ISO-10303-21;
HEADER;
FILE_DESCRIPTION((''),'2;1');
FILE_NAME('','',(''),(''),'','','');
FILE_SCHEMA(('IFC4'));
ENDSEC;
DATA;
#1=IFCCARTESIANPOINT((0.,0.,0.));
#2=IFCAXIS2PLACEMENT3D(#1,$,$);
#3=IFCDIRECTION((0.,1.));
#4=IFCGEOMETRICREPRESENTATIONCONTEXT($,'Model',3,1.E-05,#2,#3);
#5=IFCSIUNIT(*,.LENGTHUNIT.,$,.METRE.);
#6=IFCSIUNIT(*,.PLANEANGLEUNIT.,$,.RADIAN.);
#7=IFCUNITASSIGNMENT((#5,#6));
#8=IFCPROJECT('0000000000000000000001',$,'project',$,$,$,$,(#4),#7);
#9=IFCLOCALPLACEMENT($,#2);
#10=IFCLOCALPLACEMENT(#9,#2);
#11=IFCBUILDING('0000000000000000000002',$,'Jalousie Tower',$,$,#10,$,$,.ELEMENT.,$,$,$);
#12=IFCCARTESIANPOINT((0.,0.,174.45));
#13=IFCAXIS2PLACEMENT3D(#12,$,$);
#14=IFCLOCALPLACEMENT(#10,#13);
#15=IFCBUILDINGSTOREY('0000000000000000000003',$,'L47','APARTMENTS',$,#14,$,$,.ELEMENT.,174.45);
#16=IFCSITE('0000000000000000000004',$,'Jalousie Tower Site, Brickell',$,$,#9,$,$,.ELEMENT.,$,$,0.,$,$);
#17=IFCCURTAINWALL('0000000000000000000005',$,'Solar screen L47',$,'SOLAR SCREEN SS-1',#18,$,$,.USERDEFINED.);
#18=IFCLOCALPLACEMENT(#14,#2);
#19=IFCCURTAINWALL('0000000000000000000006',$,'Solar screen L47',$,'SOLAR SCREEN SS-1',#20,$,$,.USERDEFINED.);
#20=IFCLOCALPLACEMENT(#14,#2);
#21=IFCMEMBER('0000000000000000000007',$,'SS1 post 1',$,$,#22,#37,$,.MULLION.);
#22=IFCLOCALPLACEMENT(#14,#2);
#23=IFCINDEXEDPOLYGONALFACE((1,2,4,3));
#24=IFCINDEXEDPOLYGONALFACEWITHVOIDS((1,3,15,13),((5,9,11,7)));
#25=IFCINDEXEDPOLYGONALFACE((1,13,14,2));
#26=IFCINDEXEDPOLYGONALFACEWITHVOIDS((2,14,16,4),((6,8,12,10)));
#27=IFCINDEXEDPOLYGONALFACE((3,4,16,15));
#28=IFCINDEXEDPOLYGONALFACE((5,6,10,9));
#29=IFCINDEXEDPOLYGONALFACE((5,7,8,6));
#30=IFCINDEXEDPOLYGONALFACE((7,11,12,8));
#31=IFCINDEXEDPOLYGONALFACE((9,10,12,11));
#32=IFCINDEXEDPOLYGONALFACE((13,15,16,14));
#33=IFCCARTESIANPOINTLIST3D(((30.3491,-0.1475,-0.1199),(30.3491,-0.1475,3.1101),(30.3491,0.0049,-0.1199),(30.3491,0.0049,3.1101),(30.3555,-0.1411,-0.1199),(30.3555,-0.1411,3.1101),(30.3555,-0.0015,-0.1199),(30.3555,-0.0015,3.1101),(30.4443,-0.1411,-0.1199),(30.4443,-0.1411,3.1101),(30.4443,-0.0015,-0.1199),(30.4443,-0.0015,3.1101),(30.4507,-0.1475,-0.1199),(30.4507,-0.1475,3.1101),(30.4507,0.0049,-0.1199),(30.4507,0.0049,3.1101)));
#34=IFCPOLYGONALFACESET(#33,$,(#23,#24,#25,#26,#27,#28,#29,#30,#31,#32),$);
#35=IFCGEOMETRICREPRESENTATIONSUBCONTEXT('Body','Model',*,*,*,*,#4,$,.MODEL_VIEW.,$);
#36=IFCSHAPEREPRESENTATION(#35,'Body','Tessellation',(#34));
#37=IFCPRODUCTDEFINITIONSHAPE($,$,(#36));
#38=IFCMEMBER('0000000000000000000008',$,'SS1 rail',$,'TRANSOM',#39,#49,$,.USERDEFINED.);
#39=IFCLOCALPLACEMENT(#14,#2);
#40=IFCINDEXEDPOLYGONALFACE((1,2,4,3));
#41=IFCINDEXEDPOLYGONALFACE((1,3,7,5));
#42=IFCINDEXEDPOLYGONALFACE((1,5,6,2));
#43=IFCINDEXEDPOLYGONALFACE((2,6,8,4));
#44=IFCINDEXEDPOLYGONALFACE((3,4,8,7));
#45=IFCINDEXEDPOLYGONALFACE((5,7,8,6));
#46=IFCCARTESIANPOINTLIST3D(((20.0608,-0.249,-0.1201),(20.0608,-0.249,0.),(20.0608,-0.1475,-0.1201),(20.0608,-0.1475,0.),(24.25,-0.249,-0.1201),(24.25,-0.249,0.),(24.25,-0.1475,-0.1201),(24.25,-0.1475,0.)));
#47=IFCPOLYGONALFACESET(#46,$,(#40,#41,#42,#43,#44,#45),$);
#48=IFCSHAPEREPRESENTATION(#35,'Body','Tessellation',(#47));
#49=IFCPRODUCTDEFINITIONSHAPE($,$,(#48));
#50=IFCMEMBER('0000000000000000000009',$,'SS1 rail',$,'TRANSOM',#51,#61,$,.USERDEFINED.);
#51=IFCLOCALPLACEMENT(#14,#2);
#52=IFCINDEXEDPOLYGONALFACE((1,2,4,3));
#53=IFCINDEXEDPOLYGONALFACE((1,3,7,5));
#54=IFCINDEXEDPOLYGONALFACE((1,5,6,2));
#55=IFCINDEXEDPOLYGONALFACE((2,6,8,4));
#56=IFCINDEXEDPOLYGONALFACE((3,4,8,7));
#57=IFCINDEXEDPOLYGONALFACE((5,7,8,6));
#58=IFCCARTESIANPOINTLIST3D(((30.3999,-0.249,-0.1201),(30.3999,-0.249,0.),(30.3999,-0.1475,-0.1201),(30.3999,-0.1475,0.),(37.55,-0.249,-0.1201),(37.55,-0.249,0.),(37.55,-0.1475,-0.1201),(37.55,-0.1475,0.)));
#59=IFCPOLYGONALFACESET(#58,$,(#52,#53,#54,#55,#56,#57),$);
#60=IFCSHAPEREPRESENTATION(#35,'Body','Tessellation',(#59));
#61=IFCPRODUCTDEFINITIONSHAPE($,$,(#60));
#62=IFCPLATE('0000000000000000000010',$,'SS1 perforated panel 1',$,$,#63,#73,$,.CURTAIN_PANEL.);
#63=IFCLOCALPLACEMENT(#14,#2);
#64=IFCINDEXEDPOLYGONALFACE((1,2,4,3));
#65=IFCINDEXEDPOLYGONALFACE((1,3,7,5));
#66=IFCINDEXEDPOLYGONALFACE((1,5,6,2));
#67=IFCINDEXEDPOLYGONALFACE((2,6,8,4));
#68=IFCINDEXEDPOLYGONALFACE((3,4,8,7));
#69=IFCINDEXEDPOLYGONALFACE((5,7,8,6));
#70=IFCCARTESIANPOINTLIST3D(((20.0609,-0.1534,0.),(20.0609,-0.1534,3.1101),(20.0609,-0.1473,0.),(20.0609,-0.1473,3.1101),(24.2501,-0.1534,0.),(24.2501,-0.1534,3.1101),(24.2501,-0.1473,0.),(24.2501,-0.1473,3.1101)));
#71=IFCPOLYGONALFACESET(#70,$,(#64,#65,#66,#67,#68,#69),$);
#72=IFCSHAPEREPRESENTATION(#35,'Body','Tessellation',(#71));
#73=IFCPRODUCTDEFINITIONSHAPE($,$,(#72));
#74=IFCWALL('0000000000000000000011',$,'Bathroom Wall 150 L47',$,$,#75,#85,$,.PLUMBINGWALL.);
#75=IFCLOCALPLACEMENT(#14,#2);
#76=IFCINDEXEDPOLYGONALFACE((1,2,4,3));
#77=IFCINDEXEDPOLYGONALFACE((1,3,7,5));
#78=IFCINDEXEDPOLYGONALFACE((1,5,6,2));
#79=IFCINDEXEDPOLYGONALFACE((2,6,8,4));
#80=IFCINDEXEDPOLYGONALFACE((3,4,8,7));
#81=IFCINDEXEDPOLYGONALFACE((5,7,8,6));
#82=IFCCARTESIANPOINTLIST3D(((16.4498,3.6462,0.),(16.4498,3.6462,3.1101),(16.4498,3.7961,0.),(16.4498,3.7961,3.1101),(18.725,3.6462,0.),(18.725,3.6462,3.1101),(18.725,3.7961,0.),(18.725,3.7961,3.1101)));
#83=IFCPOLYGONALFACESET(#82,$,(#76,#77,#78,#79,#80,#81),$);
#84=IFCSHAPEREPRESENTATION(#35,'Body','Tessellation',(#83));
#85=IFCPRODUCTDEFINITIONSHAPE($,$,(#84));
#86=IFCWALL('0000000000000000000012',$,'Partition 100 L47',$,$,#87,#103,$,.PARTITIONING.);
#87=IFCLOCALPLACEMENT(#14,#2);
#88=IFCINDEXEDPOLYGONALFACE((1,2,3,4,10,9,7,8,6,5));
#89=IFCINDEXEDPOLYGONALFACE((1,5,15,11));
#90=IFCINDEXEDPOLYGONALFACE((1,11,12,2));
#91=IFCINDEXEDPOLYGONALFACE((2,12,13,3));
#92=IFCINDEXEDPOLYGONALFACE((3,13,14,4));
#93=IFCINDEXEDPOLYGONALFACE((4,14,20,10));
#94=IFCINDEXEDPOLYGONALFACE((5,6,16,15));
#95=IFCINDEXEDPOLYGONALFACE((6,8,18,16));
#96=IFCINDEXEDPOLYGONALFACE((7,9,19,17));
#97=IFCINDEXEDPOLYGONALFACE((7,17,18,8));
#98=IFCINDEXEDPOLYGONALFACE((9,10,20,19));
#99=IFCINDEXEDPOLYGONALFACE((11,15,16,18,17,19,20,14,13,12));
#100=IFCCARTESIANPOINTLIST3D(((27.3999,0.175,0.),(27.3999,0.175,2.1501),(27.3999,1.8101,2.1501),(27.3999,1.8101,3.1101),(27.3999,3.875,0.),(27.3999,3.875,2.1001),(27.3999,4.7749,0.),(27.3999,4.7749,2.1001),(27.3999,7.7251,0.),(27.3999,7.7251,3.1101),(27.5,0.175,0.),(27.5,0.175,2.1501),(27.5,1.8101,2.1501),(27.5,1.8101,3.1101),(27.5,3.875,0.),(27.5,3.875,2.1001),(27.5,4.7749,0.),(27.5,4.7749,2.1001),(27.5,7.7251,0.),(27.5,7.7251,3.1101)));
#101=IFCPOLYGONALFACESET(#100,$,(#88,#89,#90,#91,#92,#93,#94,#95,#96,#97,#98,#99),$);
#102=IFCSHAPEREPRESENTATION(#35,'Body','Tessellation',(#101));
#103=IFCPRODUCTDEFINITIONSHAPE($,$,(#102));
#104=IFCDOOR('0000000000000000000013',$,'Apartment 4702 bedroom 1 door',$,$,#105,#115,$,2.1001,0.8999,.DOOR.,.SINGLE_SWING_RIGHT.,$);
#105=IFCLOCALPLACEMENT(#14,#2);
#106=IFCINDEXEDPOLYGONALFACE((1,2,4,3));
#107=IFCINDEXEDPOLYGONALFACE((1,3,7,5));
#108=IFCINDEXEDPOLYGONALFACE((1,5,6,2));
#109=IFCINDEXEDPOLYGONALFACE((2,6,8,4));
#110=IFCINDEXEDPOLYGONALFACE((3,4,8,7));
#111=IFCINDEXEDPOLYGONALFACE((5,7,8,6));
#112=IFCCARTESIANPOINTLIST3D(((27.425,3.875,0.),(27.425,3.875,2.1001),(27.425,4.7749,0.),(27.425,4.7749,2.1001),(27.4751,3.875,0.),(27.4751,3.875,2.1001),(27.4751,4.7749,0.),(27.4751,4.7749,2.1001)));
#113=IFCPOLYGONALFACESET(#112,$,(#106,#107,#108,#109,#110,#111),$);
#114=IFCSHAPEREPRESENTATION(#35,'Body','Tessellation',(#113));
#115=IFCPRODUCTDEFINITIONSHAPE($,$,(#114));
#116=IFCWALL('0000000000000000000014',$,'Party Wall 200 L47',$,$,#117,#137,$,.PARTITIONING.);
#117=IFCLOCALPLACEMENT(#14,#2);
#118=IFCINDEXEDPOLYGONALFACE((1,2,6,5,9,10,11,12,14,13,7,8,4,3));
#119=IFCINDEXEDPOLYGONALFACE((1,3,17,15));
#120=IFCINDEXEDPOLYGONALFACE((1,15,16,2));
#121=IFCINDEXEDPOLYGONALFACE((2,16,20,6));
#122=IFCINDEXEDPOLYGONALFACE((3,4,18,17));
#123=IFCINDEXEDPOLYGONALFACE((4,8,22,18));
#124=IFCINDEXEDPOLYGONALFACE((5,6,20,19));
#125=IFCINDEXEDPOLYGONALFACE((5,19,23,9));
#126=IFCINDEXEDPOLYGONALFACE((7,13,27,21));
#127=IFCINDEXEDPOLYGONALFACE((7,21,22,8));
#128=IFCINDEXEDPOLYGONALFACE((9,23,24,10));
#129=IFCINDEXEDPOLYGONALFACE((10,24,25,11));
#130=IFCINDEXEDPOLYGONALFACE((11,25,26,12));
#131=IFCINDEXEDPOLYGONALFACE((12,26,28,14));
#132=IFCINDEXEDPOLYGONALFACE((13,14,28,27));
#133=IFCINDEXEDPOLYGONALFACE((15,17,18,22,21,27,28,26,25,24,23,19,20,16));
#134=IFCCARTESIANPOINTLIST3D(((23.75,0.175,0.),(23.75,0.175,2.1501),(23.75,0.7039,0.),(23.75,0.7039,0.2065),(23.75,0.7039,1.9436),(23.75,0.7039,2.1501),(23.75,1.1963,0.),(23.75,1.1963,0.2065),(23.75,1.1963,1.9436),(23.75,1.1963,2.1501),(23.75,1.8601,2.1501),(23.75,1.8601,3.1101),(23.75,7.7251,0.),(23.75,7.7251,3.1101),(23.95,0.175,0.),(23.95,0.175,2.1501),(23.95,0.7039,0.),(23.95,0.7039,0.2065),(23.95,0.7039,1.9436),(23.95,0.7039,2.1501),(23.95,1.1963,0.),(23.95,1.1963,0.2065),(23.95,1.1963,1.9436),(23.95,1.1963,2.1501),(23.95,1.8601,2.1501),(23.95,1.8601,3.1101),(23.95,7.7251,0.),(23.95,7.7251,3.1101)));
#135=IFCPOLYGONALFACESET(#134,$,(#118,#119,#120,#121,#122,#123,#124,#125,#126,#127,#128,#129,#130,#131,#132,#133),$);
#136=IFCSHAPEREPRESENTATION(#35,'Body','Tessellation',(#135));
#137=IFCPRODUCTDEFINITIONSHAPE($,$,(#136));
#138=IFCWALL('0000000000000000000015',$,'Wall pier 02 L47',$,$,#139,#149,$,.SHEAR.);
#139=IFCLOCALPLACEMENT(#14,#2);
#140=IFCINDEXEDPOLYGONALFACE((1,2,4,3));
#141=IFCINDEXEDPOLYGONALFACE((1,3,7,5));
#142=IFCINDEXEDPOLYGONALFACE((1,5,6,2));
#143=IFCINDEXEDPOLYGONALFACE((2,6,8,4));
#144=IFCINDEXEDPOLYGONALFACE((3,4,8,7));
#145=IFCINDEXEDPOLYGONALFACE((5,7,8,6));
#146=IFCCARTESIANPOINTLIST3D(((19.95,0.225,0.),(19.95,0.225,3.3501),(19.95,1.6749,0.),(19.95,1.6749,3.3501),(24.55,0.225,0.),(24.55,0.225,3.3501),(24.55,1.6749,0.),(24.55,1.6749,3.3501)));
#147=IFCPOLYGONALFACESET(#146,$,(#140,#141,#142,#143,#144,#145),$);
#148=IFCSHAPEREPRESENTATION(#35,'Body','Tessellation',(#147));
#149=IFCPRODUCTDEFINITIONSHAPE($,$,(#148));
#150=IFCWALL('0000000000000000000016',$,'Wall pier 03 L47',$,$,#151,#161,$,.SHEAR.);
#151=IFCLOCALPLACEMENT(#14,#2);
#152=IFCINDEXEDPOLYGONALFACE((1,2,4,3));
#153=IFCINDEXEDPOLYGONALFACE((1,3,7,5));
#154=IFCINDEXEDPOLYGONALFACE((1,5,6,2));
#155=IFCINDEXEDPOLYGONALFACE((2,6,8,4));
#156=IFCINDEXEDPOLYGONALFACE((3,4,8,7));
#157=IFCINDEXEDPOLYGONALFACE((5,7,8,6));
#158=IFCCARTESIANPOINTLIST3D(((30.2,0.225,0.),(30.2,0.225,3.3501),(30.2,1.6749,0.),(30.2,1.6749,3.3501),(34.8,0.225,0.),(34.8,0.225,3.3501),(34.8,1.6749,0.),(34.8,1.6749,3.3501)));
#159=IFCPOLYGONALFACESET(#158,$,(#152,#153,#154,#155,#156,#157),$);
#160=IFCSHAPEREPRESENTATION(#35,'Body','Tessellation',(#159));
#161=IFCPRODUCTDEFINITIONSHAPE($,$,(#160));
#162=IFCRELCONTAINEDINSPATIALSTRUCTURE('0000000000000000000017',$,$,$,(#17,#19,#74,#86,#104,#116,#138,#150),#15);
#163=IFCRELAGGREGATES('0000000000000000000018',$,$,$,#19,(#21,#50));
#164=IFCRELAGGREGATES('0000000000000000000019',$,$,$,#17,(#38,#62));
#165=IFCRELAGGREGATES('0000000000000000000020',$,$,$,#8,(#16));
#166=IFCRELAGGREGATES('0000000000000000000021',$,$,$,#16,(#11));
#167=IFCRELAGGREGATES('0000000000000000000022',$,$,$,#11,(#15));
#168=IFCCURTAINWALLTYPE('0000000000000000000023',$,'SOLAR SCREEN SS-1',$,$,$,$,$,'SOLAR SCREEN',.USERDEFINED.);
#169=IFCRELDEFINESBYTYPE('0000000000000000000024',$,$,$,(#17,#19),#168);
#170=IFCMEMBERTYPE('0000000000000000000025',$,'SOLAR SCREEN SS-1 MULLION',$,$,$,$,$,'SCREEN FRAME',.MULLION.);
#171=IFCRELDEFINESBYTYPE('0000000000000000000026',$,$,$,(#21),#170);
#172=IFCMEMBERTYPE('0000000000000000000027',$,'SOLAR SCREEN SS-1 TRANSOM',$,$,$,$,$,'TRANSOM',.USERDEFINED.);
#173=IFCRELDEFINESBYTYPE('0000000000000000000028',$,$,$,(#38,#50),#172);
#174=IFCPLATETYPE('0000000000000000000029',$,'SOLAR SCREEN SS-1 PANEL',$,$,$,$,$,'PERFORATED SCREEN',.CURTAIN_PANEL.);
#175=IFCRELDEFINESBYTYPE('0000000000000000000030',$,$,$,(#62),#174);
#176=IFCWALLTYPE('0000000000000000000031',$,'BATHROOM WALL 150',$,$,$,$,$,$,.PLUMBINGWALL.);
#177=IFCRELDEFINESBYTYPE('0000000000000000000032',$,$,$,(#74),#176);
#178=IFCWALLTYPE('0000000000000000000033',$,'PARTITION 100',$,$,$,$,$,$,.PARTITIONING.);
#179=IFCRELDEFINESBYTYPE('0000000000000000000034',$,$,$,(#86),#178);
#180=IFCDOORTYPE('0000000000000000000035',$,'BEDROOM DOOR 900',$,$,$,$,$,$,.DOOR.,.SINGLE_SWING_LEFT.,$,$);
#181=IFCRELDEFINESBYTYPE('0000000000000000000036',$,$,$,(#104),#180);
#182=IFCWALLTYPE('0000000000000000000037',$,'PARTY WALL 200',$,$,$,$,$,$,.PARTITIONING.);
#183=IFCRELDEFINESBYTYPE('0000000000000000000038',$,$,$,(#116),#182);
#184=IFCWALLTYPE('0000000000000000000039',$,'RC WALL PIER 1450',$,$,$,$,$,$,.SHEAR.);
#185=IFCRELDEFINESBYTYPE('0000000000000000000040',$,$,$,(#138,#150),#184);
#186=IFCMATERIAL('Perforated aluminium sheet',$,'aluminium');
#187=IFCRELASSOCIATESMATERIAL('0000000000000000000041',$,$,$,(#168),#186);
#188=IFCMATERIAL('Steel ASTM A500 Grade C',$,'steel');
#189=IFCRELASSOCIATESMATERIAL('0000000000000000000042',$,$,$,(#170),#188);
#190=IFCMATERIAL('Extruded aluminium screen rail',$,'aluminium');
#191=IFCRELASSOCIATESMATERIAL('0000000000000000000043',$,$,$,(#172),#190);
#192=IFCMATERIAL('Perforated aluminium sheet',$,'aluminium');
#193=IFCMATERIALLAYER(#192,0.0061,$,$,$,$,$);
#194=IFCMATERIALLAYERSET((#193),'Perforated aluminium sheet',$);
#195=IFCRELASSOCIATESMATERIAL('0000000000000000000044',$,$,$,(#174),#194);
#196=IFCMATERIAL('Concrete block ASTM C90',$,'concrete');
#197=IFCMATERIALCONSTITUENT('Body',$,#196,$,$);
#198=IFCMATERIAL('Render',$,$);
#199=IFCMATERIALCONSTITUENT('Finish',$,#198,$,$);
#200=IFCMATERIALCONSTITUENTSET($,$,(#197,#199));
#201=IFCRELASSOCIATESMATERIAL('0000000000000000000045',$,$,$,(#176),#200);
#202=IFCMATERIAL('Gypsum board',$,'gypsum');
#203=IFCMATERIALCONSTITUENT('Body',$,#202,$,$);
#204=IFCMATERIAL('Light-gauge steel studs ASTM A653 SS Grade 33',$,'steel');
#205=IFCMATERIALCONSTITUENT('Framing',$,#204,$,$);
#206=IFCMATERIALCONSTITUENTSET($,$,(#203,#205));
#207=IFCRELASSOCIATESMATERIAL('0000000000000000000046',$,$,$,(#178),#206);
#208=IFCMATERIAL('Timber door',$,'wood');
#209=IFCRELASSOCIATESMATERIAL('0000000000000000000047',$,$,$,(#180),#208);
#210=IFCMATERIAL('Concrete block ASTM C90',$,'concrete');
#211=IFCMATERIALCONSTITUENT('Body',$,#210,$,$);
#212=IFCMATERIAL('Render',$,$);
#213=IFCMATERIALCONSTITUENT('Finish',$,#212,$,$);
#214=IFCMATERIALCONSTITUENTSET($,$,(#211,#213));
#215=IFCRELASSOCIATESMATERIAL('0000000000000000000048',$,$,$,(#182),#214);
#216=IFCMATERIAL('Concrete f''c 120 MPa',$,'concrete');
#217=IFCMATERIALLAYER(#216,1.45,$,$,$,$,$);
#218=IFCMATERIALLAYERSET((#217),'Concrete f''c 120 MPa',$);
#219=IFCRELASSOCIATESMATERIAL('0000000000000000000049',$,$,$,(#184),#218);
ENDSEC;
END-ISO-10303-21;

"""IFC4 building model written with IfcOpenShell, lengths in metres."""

from ifc_helpers import new_model, si_unit, direction, frame, frame_2d, origin, origin_2d, place, context, subcontext, project, spatial, polyline, rectangle, hollow_rectangle, outline, extrude, material, layer, layer_set, constituent, constituent_set, material_profile, profile_set, type_object, element, fill, aggregate, save


model = new_model("IFC4")

# Units and contexts
model_context = context("Model", 3, precision=1e-05, world=origin(), true_north=direction((0.0, 1.0)))
body_context = subcontext(model_context, "Body", "Model", "MODEL_VIEW")
ifc_project = project(units=[si_unit("LENGTHUNIT", "METRE"), si_unit("PLANEANGLEUNIT", "RADIAN")], contexts=[model_context])

# Site, building, storey
site_placement = place(None, origin())
site = spatial("IfcSite", under=ifc_project, at=site_placement, Name="Jalousie Tower Site, Brickell", CompositionType="ELEMENT", RefElevation=0.0)
building_placement = place(site_placement, origin())
building = spatial("IfcBuilding", under=site, at=building_placement, Name="Jalousie Tower", CompositionType="ELEMENT")
storey_placement = place(building_placement, frame((0.0, 0.0, 174.45)))
storey = spatial("IfcBuildingStorey", under=building, at=storey_placement, Name="L47", Description="APARTMENTS", CompositionType="ELEMENT", Elevation=174.45)

# Curtain wall
ifc_material_1 = material(Name="Perforated aluminium sheet", Category="aluminium")
curtain_wall_type = type_object("IfcCurtainWallType", Name="SOLAR SCREEN SS-1", ElementType="SOLAR SCREEN", PredefinedType="USERDEFINED", material=ifc_material_1)
curtain_wall_1_placement = place(storey_placement, origin())
curtain_wall_1 = element("IfcCurtainWall", 1, at=curtain_wall_1_placement, inside=storey, type_object=curtain_wall_type, Name="Solar screen L47", ObjectType="SOLAR SCREEN SS-1", PredefinedType="USERDEFINED")
ifc_material_2 = material(Name="Steel ASTM A500 Grade C", Category="steel")
ifc_material_profile_1 = material_profile(ifc_material_2, hollow_rectangle(XDim=0.1016, YDim=0.1523, WallThickness=0.0063, at=origin_2d()), Name="HSS6X4X1/4")
ifc_profile_set_1 = profile_set([ifc_material_profile_1], Name="Steel ASTM A500 Grade C")
member_type_1 = type_object("IfcMemberType", Name="SOLAR SCREEN SS-1 MULLION", ElementType="SCREEN FRAME", PredefinedType="MULLION", material=ifc_profile_set_1)

# Curtain wall, member
curtain_wall_2_placement = place(storey_placement, origin())
curtain_wall_2 = element("IfcCurtainWall", 2, at=curtain_wall_2_placement, inside=storey, type_object=curtain_wall_type, Name="Solar screen L47", ObjectType="SOLAR SCREEN SS-1", PredefinedType="USERDEFINED")
member_1_placement = place(storey_placement, frame((30.3999, -0.0713, -0.1199), z_axis=(0.0, 0.0, 1.0), x_axis=(1.0, 0.0, 0.0)))
member_1 = element("IfcMember", 3, at=member_1_placement, type_object=member_type_1, Name="SS1 post 1", PredefinedType="MULLION", context=body_context, shape_type="SweptSolid", body=[
    extrude(hollow_rectangle(XDim=0.1016, YDim=0.1523, WallThickness=0.0063, at=origin_2d()), origin(), (0.0, 0.0, 1.0), 3.23),
])

# Members
ifc_material_3 = material(Name="Extruded aluminium screen rail", Category="aluminium")
ifc_material_profile_2 = material_profile(ifc_material_3, rectangle(XDim=0.1016, YDim=0.1201, at=origin_2d()), Name="RAIL 102x120")
ifc_profile_set_2 = profile_set([ifc_material_profile_2], Name="Extruded aluminium screen rail")
member_type_2 = type_object("IfcMemberType", Name="SOLAR SCREEN SS-1 TRANSOM", ElementType="TRANSOM", PredefinedType="USERDEFINED", material=ifc_profile_set_2)
member_2_placement = place(storey_placement, frame((20.0608, -0.1982, -0.0601), z_axis=(1.0, 0.0, 0.0), x_axis=(0.0, 1.0, 0.0)))
member_2 = element("IfcMember", 4, at=member_2_placement, type_object=member_type_2, Name="SS1 rail", ObjectType="TRANSOM", PredefinedType="USERDEFINED", context=body_context, shape_type="SweptSolid", body=[
    extrude(rectangle(XDim=0.1016, YDim=0.1201, at=origin_2d()), origin(), (0.0, 0.0, 1.0), 4.1892),
])
member_3_placement = place(storey_placement, frame((30.3999, -0.1982, -0.0601), z_axis=(1.0, 0.0, 0.0), x_axis=(0.0, 1.0, 0.0)))
member_3 = element("IfcMember", 5, at=member_3_placement, type_object=member_type_2, Name="SS1 rail", ObjectType="TRANSOM", PredefinedType="USERDEFINED", context=body_context, shape_type="SweptSolid", body=[
    extrude(rectangle(XDim=0.1016, YDim=0.1201, at=origin_2d()), origin(), (0.0, 0.0, 1.0), 7.1501),
])
aggregate(curtain_wall_2, [member_1, member_3])

# Plate
ifc_material_4 = material(Name="Perforated aluminium sheet", Category="aluminium")
ifc_layer_1 = layer(ifc_material_4, 0.0061)
ifc_layer_set_1 = layer_set([ifc_layer_1], Name="Perforated aluminium sheet")
plate_type = type_object("IfcPlateType", Name="SOLAR SCREEN SS-1 PANEL", ElementType="PERFORATED SCREEN", PredefinedType="CURTAIN_PANEL", material=ifc_layer_set_1)
plate_placement = place(storey_placement, frame((22.1555, -0.1504, 0.0), z_axis=(0.0, 0.0, 1.0), x_axis=(1.0, 0.0, 0.0)))
plate = element("IfcPlate", 6, at=plate_placement, type_object=plate_type, Name="SS1 perforated panel 1", PredefinedType="CURTAIN_PANEL", context=body_context, shape_type="SweptSolid", body=[
    extrude(rectangle(XDim=4.1892, YDim=0.0061, at=origin_2d()), origin(), (0.0, 0.0, 1.0), 3.1101),
])
aggregate(curtain_wall_1, [member_2, plate])

# Wall
ifc_material_5 = material(Name="Concrete block ASTM C90", Category="concrete")
ifc_constituent_1 = constituent(ifc_material_5, Name="Body")
ifc_material_6 = material(Name="Render")
ifc_constituent_2 = constituent(ifc_material_6, Name="Finish")
ifc_constituent_set_1 = constituent_set(constituents=[ifc_constituent_1, ifc_constituent_2])
wall_type_1 = type_object("IfcWallType", Name="BATHROOM WALL 150", PredefinedType="PLUMBINGWALL", material=ifc_constituent_set_1)
wall_1_placement = place(storey_placement, frame((18.7251, 3.7212, 0.0), z_axis=(0.0, 0.0, 1.0), x_axis=(-1.0, 0.0, 0.0)))
element("IfcWall", 7, at=wall_1_placement, inside=storey, type_object=wall_type_1, Name="Bathroom Wall 150 L47", PredefinedType="PLUMBINGWALL", context=body_context, shape_type="SweptSolid", body=[
    extrude(rectangle(XDim=2.2751, YDim=0.1499, at=frame_2d((1.1377, 0.0))), origin(), (0.0, 0.0, 1.0), 3.1101),
])

# Wall, opening, door
ifc_material_7 = material(Name="Gypsum board", Category="gypsum")
ifc_constituent_3 = constituent(ifc_material_7, Name="Body")
ifc_material_8 = material(Name="Light-gauge steel studs ASTM A653 SS Grade 33", Category="steel")
ifc_constituent_4 = constituent(ifc_material_8, Name="Framing")
ifc_constituent_set_2 = constituent_set(constituents=[ifc_constituent_3, ifc_constituent_4])
wall_type_2 = type_object("IfcWallType", Name="PARTITION 100", PredefinedType="PARTITIONING", material=ifc_constituent_set_2)
wall_2_placement = place(storey_placement, frame((27.45, 0.175, 0.0), z_axis=(0.0, 0.0, 1.0), x_axis=(0.0, 1.0, 0.0)))
wall_2 = element("IfcWall", 8, at=wall_2_placement, inside=storey, type_object=wall_type_2, Name="Partition 100 L47", PredefinedType="PARTITIONING", context=body_context, shape_type="SweptSolid", body=[
    extrude(outline(polyline([(0.0, 0.0), (7.55, 0.0), (7.55, 3.1101), (1.635, 3.1101), (1.635, 2.1501), (0.0, 2.1501), (0.0, 3.1101), (0.0, 0.0)])), frame((0.0, 0.05, 0.0), z_axis=(0.0, -1.0, 0.0), x_axis=(1.0, 0.0, 0.0)), (0.0, 0.0, 1.0), 0.1001),
])
opening_placement = place(wall_2_placement, frame((3.7, 0.0, 0.0)))
opening = element("IfcOpeningElement", 9, at=opening_placement, cuts=wall_2, PredefinedType="OPENING", context=body_context, shape_type="SweptSolid", body=[
    extrude(rectangle(XDim=0.8999, YDim=2.1001, at=frame_2d((0.45, 1.05))), frame((0.0, 0.0601, 0.0), z_axis=(0.0, -1.0, 0.0), x_axis=(1.0, 0.0, 0.0)), (0.0, 0.0, 1.0), 0.1201),
])
ifc_material_9 = material(Name="Timber door", Category="wood")
door_type = type_object("IfcDoorType", Name="BEDROOM DOOR 900", OperationType="SINGLE_SWING_LEFT", PredefinedType="DOOR", material=ifc_material_9)
door_placement = place(opening_placement, origin())
door = element("IfcDoor", 10, at=door_placement, inside=storey, type_object=door_type, Name="Apartment 4702 bedroom 1 door", OperationType="SINGLE_SWING_RIGHT", OverallHeight=2.1001, OverallWidth=0.8999, PredefinedType="DOOR", context=body_context, shape_type="SweptSolid", body=[
    extrude(rectangle(XDim=0.8999, YDim=2.1001, at=frame_2d((0.45, 1.05))), frame((0.0, 0.0249, 0.0), z_axis=(0.0, -1.0, 0.0), x_axis=(1.0, 0.0, 0.0)), (0.0, 0.0, 1.0), 0.05),
])
fill(opening, door)

# Walls
ifc_material_10 = material(Name="Concrete block ASTM C90", Category="concrete")
ifc_constituent_5 = constituent(ifc_material_10, Name="Body")
ifc_material_11 = material(Name="Render")
ifc_constituent_6 = constituent(ifc_material_11, Name="Finish")
ifc_constituent_set_3 = constituent_set(constituents=[ifc_constituent_5, ifc_constituent_6])
wall_type_3 = type_object("IfcWallType", Name="PARTY WALL 200", PredefinedType="PARTITIONING", material=ifc_constituent_set_3)
wall_3_placement = place(storey_placement, frame((23.8501, 0.175, 0.0), z_axis=(0.0, 0.0, 1.0), x_axis=(0.0, 1.0, 0.0)))
element("IfcWall", 11, at=wall_3_placement, inside=storey, type_object=wall_type_3, Name="Party Wall 200 L47", PredefinedType="PARTITIONING", context=body_context, shape_type="SweptSolid", body=[
    extrude(outline(polyline([(0.5288, 2.1501), (0.0, 2.1501), (0.0, 0.0), (0.5288, 0.0), (0.5288, 0.2065), (1.0212, 0.2065), (1.0212, 0.0), (7.55, 0.0), (7.55, 3.1101), (1.6851, 3.1101), (1.6851, 2.1501), (1.0212, 2.1501), (1.0212, 1.9436), (0.5288, 1.9436), (0.5288, 2.1501)])), frame((0.0, 0.1001, 0.0), z_axis=(0.0, -1.0, 0.0), x_axis=(1.0, 0.0, 0.0)), (0.0, 0.0, 1.0), 0.2),
])
ifc_material_12 = material(Name="Concrete f'c 120 MPa", Category="concrete")
ifc_layer_2 = layer(ifc_material_12, 1.45)
ifc_layer_set_2 = layer_set([ifc_layer_2], Name="Concrete f'c 120 MPa")
wall_type_4 = type_object("IfcWallType", Name="RC WALL PIER 1450", PredefinedType="SHEAR", material=ifc_layer_set_2)
for number, where, z_axis, x_axis, name in (
    (12, (19.95, 0.95, 0.0), (0.0, 0.0, 1.0), (1.0, 0.0, 0.0), "Wall pier 02 L47"),
    (13, (30.2, 0.95, 0.0), (0.0, 0.0, 1.0), (1.0, 0.0, 0.0), "Wall pier 03 L47"),
):
    element("IfcWall", number, at=place(storey_placement, frame(where, z_axis=z_axis, x_axis=x_axis)), inside=storey, type_object=wall_type_4, Name=name, PredefinedType="SHEAR", context=body_context, shape_type="SweptSolid", body=[
        extrude(rectangle(XDim=4.6001, YDim=1.45, at=frame_2d((2.3, 0.0))), origin(), (0.0, 0.0, 1.0), 3.3501),
    ])

save(model, "model.ifc")
